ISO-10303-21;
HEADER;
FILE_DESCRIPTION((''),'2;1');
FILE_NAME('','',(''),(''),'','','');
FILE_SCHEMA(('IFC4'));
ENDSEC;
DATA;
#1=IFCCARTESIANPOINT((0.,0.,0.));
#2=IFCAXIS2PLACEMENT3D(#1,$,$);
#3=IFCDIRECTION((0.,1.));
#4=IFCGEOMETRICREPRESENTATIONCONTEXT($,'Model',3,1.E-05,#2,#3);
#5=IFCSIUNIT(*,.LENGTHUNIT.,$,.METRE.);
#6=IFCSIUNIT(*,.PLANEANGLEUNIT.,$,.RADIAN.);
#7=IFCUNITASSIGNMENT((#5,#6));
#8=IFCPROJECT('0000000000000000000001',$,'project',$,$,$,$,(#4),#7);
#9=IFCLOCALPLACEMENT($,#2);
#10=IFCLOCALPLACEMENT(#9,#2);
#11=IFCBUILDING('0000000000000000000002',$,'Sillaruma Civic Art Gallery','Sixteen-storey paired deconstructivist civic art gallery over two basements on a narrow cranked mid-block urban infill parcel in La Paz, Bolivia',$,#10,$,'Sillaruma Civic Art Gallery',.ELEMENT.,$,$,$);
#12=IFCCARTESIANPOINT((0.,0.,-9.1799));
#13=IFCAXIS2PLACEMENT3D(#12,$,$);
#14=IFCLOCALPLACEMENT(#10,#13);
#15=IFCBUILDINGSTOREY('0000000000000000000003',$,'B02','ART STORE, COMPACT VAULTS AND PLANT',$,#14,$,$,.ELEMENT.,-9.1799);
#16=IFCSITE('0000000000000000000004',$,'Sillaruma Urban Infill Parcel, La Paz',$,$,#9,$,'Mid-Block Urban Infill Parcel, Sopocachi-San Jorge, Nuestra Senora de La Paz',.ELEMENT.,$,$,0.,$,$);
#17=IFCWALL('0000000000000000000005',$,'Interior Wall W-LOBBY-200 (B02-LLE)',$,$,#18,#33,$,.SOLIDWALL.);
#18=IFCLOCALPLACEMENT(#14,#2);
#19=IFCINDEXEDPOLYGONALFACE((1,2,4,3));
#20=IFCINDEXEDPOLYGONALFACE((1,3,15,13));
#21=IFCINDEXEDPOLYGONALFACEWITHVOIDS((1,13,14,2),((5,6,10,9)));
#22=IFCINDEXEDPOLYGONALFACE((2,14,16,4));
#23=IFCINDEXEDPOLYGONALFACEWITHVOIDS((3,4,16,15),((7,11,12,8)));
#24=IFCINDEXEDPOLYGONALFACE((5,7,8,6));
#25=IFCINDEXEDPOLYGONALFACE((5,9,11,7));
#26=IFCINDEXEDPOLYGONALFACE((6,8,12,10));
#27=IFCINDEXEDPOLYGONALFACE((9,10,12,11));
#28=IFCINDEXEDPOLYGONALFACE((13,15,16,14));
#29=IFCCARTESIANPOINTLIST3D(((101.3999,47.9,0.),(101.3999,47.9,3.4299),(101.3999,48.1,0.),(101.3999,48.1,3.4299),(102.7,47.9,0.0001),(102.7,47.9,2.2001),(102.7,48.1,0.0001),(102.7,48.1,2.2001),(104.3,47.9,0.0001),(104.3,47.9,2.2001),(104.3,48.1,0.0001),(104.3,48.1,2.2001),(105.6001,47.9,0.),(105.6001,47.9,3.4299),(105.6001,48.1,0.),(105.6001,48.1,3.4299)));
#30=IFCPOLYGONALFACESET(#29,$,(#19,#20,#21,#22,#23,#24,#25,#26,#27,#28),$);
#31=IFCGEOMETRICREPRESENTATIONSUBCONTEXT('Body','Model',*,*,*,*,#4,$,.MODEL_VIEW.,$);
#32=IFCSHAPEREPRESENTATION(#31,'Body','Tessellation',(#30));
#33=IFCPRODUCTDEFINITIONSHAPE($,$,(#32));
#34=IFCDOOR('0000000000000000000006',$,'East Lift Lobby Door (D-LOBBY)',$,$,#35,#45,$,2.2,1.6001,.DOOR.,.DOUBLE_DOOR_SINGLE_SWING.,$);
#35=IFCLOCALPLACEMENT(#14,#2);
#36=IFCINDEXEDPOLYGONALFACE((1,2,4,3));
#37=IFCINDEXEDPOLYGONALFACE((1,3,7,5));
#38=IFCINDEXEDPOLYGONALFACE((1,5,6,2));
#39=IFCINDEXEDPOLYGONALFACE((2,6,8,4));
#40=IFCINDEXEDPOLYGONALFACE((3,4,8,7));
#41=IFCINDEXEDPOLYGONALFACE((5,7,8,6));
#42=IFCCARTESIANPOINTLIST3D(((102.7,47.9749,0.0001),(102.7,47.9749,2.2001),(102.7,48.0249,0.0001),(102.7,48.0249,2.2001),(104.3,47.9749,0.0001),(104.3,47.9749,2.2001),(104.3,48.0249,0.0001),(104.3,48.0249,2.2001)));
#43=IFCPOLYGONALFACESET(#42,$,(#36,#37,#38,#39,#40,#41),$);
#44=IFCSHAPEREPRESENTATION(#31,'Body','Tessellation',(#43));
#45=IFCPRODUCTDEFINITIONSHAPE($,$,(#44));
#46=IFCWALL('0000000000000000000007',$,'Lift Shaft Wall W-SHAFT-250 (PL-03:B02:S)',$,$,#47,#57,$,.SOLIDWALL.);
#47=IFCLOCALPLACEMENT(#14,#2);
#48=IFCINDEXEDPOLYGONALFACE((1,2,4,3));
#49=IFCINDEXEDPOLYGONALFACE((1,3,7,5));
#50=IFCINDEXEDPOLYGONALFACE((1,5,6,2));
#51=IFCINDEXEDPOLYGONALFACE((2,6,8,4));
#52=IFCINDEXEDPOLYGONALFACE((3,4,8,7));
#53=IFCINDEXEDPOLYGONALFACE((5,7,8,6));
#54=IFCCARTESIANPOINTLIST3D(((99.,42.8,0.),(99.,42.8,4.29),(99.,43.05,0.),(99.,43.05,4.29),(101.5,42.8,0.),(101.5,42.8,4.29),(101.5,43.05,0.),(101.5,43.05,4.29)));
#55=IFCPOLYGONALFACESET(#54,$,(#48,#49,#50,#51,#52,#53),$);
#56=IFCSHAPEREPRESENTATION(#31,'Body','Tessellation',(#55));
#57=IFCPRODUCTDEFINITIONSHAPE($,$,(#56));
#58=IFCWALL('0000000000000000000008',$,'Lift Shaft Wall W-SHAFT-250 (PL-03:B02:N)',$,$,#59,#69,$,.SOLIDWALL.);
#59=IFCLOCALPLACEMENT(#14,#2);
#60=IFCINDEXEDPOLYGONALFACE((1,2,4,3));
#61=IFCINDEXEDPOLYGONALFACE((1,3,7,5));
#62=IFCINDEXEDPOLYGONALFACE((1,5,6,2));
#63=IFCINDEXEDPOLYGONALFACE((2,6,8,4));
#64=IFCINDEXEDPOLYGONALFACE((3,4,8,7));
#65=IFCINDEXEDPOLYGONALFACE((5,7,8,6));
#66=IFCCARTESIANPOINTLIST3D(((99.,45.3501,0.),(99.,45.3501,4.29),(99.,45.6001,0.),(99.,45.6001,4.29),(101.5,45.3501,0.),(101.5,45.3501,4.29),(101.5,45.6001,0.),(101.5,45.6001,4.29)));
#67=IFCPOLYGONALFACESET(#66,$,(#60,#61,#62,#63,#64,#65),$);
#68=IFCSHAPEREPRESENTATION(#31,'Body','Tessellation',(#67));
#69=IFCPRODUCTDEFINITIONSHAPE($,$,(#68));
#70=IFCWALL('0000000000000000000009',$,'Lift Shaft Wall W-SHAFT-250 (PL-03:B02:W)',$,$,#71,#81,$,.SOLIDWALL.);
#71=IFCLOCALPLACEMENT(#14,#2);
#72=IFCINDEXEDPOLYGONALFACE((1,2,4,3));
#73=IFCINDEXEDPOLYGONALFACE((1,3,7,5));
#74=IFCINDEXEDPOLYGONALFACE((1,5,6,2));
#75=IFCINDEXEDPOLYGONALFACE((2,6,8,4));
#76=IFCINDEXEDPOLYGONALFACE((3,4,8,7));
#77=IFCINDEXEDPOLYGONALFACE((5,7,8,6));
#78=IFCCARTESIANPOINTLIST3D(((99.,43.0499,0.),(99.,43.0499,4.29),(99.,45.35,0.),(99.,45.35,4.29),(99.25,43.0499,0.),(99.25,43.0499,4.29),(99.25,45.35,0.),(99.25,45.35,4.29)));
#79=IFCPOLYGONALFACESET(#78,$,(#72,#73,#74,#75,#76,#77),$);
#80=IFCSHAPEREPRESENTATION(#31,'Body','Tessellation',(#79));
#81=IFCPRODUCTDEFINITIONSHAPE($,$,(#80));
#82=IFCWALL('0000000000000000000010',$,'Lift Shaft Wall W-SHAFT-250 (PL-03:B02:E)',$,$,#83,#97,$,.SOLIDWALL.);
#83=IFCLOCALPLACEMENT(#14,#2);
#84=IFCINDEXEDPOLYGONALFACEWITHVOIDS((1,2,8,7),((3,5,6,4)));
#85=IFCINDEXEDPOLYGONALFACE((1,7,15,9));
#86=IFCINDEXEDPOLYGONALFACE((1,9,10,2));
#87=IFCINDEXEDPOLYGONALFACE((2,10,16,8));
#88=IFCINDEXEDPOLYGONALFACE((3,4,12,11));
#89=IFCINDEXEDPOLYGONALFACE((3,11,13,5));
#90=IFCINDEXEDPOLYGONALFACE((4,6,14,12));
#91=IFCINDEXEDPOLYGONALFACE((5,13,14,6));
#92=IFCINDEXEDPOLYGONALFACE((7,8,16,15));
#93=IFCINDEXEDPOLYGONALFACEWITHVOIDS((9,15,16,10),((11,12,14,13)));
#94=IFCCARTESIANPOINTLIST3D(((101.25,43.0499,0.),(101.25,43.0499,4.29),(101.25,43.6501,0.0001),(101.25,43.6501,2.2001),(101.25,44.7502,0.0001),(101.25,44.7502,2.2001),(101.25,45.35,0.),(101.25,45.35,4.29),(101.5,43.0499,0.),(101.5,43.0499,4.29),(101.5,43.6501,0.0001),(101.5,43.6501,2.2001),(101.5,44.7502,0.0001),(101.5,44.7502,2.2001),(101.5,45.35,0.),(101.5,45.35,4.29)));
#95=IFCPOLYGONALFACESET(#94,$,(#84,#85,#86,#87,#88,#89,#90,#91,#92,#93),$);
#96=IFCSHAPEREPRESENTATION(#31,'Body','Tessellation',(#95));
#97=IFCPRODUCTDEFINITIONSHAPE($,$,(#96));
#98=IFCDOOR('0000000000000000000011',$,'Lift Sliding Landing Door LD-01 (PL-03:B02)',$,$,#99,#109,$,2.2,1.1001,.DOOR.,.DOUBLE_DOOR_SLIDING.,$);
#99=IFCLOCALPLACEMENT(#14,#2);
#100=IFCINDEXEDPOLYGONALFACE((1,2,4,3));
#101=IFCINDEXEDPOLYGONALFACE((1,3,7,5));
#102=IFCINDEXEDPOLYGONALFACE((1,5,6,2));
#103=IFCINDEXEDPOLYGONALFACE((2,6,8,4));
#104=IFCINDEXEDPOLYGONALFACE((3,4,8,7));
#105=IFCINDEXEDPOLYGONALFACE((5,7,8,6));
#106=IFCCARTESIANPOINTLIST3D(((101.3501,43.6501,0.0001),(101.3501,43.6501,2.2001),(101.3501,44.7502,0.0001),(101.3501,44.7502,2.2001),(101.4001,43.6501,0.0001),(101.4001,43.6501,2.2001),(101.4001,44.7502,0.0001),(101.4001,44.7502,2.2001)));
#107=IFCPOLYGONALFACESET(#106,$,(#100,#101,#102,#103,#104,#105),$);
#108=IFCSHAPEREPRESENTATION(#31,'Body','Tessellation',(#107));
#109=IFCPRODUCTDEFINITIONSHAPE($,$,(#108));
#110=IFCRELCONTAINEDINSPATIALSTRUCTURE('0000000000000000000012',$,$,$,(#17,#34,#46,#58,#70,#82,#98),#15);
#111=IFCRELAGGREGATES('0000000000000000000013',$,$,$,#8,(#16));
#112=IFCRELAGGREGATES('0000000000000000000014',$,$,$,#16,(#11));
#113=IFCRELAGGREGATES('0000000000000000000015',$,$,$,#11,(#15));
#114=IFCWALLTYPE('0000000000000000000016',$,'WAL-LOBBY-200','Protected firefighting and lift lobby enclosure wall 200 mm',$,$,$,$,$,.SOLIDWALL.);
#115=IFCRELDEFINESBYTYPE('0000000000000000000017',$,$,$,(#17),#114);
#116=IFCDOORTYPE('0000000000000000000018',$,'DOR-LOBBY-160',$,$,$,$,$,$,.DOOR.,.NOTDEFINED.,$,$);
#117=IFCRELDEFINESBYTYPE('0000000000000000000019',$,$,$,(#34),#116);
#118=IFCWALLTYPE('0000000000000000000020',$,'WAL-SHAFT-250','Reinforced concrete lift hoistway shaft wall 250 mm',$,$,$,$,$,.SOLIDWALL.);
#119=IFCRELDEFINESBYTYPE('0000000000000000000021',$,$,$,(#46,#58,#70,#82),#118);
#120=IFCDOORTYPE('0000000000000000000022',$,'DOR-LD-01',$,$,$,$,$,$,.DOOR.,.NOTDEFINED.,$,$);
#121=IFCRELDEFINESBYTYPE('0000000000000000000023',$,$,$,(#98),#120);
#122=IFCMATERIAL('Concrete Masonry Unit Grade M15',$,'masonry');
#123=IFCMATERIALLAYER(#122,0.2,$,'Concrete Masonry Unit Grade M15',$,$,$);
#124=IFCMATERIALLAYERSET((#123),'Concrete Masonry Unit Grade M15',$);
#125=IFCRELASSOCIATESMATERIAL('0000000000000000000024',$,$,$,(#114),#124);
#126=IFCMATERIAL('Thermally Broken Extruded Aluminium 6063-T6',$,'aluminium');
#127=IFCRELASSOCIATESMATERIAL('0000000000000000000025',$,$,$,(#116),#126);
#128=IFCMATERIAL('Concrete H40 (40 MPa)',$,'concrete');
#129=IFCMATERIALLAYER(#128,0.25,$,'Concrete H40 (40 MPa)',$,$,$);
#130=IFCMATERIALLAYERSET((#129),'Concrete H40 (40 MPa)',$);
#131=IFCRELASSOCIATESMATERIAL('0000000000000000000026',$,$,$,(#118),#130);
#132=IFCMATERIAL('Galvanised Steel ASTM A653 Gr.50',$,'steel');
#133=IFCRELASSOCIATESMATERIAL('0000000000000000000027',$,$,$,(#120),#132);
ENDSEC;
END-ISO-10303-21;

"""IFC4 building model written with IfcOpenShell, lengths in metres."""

from ifc_helpers import new_model, si_unit, direction, frame, frame_2d, origin, place, context, subcontext, project, spatial, rectangle, extrude, material, layer, layer_set, type_object, element, fill, save


model = new_model("IFC4")

# Units and contexts
model_context = context("Model", 3, precision=1e-05, world=origin(), true_north=direction((0.0, 1.0)))
body_context = subcontext(model_context, "Body", "Model", "MODEL_VIEW")
ifc_project = project(units=[si_unit("LENGTHUNIT", "METRE"), si_unit("PLANEANGLEUNIT", "RADIAN")], contexts=[model_context])

# Site, building, storey
site_placement = place(None, origin())
site = spatial("IfcSite", under=ifc_project, at=site_placement, Name="Sillaruma Urban Infill Parcel, La Paz", LongName="Mid-Block Urban Infill Parcel, Sopocachi-San Jorge, Nuestra Senora de La Paz", CompositionType="ELEMENT", RefElevation=0.0)
building_placement = place(site_placement, origin())
building = spatial("IfcBuilding", under=site, at=building_placement, Name="Sillaruma Civic Art Gallery", Description="Sixteen-storey paired deconstructivist civic art gallery over two basements on a narrow cranked mid-block urban infill parcel in La Paz, Bolivia", LongName="Sillaruma Civic Art Gallery", CompositionType="ELEMENT")
storey_placement = place(building_placement, frame((0.0, 0.0, -9.1799)))
storey = spatial("IfcBuildingStorey", under=building, at=storey_placement, Name="B02", Description="ART STORE, COMPACT VAULTS AND PLANT", CompositionType="ELEMENT", Elevation=-9.1799)

# Shared definitions
ifc_material_1 = material(Name="Concrete H40 (40 MPa)", Category="concrete")

# Shared definitions
ifc_material_2 = material(Name="Galvanised Steel ASTM A653 Gr.50", Category="steel")

# Shared definitions
ifc_material_3 = material(Name="Concrete Masonry Unit Grade M15", Category="masonry")
ifc_layer_1 = layer(ifc_material_3, 0.2, Name="Concrete Masonry Unit Grade M15")
ifc_layer_set_1 = layer_set([ifc_layer_1], Name="Concrete Masonry Unit Grade M15")
wall_type_1 = type_object("IfcWallType", Name="WAL-LOBBY-200", Description="Protected firefighting and lift lobby enclosure wall 200 mm", PredefinedType="SOLIDWALL", material=ifc_layer_set_1)

# Wall, opening, door
wall_1_placement = place(storey_placement, frame((101.3999, 48.0, 0.0), z_axis=(0.0, 0.0, 1.0), x_axis=(1.0, 0.0, 0.0)))
wall_1 = element("IfcWall", 1, at=wall_1_placement, inside=storey, type_object=wall_type_1, Name="Interior Wall W-LOBBY-200 (B02-LLE)", PredefinedType="SOLIDWALL", context=body_context, shape_type="SweptSolid", body=[
    extrude(rectangle(XDim=4.2002, YDim=0.2, at=frame_2d((2.1001, 0.0))), origin(), (0.0, 0.0, 1.0), 3.4299),
])
opening_1_placement = place(wall_1_placement, frame((1.3, 0.0, 0.0)))
opening_1 = element("IfcOpeningElement", 2, at=opening_1_placement, cuts=wall_1, PredefinedType="OPENING", context=body_context, shape_type="SweptSolid", body=[
    extrude(rectangle(XDim=1.6001, YDim=2.2, at=frame_2d((0.8, 1.1001))), frame((0.0, 0.1099, 0.0), z_axis=(0.0, -1.0, 0.0), x_axis=(1.0, 0.0, 0.0)), (0.0, 0.0, 1.0), 0.22),
])
ifc_material_4 = material(Name="Thermally Broken Extruded Aluminium 6063-T6", Category="aluminium")
door_type_1 = type_object("IfcDoorType", Name="DOR-LOBBY-160", OperationType="NOTDEFINED", PredefinedType="DOOR", material=ifc_material_4)
door_1_placement = place(opening_1_placement, origin())
door_1 = element("IfcDoor", 3, at=door_1_placement, inside=storey, type_object=door_type_1, Name="East Lift Lobby Door (D-LOBBY)", OperationType="DOUBLE_DOOR_SINGLE_SWING", OverallHeight=2.2, OverallWidth=1.6001, PredefinedType="DOOR", context=body_context, shape_type="SweptSolid", body=[
    extrude(rectangle(XDim=1.6001, YDim=2.2, at=frame_2d((0.8, 1.1001))), frame((0.0, 0.0249, 0.0), z_axis=(0.0, -1.0, 0.0), x_axis=(1.0, 0.0, 0.0)), (0.0, 0.0, 1.0), 0.05),
])
fill(opening_1, door_1)

# Walls
ifc_layer_2 = layer(ifc_material_1, 0.25, Name="Concrete H40 (40 MPa)")
ifc_layer_set_2 = layer_set([ifc_layer_2], Name="Concrete H40 (40 MPa)")
wall_type_2 = type_object("IfcWallType", Name="WAL-SHAFT-250", Description="Reinforced concrete lift hoistway shaft wall 250 mm", PredefinedType="SOLIDWALL", material=ifc_layer_set_2)
for number, where, z_axis, x_axis, name in (
    (4, (99.0, 42.925, 0.0), (0.0, 0.0, 1.0), (1.0, 0.0, 0.0), "Lift Shaft Wall W-SHAFT-250 (PL-03:B02:S)"),
    (5, (99.0, 45.4751, 0.0), (0.0, 0.0, 1.0), (1.0, 0.0, 0.0), "Lift Shaft Wall W-SHAFT-250 (PL-03:B02:N)"),
):
    element("IfcWall", number, at=place(storey_placement, frame(where, z_axis=z_axis, x_axis=x_axis)), inside=storey, type_object=wall_type_2, Name=name, PredefinedType="SOLIDWALL", context=body_context, shape_type="SweptSolid", body=[
        extrude(rectangle(XDim=2.5, YDim=0.25, at=frame_2d((1.25, 0.0))), origin(), (0.0, 0.0, 1.0), 4.29),
    ])
wall_2_placement = place(storey_placement, frame((99.125, 43.05, 0.0), z_axis=(0.0, 0.0, 1.0), x_axis=(0.0, 1.0, 0.0)))
element("IfcWall", 6, at=wall_2_placement, inside=storey, type_object=wall_type_2, Name="Lift Shaft Wall W-SHAFT-250 (PL-03:B02:W)", PredefinedType="SOLIDWALL", context=body_context, shape_type="SweptSolid", body=[
    extrude(rectangle(XDim=2.3, YDim=0.25, at=frame_2d((1.1499, 0.0))), origin(), (0.0, 0.0, 1.0), 4.29),
])

# Wall, opening, door
wall_3_placement = place(storey_placement, frame((101.375, 43.05, 0.0), z_axis=(0.0, 0.0, 1.0), x_axis=(0.0, 1.0, 0.0)))
wall_3 = element("IfcWall", 7, at=wall_3_placement, inside=storey, type_object=wall_type_2, Name="Lift Shaft Wall W-SHAFT-250 (PL-03:B02:E)", PredefinedType="SOLIDWALL", context=body_context, shape_type="SweptSolid", body=[
    extrude(rectangle(XDim=2.3, YDim=0.25, at=frame_2d((1.1499, 0.0))), origin(), (0.0, 0.0, 1.0), 4.29),
])
opening_2_placement = place(wall_3_placement, frame((0.6001, 0.0, 0.0)))
opening_2 = element("IfcOpeningElement", 8, at=opening_2_placement, cuts=wall_3, PredefinedType="OPENING", context=body_context, shape_type="SweptSolid", body=[
    extrude(rectangle(XDim=1.1001, YDim=2.2, at=frame_2d((0.55, 1.1001))), frame((0.0, 0.135, 0.0), z_axis=(0.0, -1.0, 0.0), x_axis=(1.0, 0.0, 0.0)), (0.0, 0.0, 1.0), 0.27),
])
door_type_2 = type_object("IfcDoorType", Name="DOR-LD-01", OperationType="NOTDEFINED", PredefinedType="DOOR", material=ifc_material_2)
door_2_placement = place(opening_2_placement, origin())
door_2 = element("IfcDoor", 9, at=door_2_placement, inside=storey, type_object=door_type_2, Name="Lift Sliding Landing Door LD-01 (PL-03:B02)", OperationType="DOUBLE_DOOR_SLIDING", OverallHeight=2.2, OverallWidth=1.1001, PredefinedType="DOOR", context=body_context, shape_type="SweptSolid", body=[
    extrude(rectangle(XDim=1.1001, YDim=2.2, at=frame_2d((0.55, 1.1001))), frame((0.0, 0.0249, 0.0), z_axis=(0.0, -1.0, 0.0), x_axis=(1.0, 0.0, 0.0)), (0.0, 0.0, 1.0), 0.05),
])
fill(opening_2, door_2)

save(model, "model.ifc")
